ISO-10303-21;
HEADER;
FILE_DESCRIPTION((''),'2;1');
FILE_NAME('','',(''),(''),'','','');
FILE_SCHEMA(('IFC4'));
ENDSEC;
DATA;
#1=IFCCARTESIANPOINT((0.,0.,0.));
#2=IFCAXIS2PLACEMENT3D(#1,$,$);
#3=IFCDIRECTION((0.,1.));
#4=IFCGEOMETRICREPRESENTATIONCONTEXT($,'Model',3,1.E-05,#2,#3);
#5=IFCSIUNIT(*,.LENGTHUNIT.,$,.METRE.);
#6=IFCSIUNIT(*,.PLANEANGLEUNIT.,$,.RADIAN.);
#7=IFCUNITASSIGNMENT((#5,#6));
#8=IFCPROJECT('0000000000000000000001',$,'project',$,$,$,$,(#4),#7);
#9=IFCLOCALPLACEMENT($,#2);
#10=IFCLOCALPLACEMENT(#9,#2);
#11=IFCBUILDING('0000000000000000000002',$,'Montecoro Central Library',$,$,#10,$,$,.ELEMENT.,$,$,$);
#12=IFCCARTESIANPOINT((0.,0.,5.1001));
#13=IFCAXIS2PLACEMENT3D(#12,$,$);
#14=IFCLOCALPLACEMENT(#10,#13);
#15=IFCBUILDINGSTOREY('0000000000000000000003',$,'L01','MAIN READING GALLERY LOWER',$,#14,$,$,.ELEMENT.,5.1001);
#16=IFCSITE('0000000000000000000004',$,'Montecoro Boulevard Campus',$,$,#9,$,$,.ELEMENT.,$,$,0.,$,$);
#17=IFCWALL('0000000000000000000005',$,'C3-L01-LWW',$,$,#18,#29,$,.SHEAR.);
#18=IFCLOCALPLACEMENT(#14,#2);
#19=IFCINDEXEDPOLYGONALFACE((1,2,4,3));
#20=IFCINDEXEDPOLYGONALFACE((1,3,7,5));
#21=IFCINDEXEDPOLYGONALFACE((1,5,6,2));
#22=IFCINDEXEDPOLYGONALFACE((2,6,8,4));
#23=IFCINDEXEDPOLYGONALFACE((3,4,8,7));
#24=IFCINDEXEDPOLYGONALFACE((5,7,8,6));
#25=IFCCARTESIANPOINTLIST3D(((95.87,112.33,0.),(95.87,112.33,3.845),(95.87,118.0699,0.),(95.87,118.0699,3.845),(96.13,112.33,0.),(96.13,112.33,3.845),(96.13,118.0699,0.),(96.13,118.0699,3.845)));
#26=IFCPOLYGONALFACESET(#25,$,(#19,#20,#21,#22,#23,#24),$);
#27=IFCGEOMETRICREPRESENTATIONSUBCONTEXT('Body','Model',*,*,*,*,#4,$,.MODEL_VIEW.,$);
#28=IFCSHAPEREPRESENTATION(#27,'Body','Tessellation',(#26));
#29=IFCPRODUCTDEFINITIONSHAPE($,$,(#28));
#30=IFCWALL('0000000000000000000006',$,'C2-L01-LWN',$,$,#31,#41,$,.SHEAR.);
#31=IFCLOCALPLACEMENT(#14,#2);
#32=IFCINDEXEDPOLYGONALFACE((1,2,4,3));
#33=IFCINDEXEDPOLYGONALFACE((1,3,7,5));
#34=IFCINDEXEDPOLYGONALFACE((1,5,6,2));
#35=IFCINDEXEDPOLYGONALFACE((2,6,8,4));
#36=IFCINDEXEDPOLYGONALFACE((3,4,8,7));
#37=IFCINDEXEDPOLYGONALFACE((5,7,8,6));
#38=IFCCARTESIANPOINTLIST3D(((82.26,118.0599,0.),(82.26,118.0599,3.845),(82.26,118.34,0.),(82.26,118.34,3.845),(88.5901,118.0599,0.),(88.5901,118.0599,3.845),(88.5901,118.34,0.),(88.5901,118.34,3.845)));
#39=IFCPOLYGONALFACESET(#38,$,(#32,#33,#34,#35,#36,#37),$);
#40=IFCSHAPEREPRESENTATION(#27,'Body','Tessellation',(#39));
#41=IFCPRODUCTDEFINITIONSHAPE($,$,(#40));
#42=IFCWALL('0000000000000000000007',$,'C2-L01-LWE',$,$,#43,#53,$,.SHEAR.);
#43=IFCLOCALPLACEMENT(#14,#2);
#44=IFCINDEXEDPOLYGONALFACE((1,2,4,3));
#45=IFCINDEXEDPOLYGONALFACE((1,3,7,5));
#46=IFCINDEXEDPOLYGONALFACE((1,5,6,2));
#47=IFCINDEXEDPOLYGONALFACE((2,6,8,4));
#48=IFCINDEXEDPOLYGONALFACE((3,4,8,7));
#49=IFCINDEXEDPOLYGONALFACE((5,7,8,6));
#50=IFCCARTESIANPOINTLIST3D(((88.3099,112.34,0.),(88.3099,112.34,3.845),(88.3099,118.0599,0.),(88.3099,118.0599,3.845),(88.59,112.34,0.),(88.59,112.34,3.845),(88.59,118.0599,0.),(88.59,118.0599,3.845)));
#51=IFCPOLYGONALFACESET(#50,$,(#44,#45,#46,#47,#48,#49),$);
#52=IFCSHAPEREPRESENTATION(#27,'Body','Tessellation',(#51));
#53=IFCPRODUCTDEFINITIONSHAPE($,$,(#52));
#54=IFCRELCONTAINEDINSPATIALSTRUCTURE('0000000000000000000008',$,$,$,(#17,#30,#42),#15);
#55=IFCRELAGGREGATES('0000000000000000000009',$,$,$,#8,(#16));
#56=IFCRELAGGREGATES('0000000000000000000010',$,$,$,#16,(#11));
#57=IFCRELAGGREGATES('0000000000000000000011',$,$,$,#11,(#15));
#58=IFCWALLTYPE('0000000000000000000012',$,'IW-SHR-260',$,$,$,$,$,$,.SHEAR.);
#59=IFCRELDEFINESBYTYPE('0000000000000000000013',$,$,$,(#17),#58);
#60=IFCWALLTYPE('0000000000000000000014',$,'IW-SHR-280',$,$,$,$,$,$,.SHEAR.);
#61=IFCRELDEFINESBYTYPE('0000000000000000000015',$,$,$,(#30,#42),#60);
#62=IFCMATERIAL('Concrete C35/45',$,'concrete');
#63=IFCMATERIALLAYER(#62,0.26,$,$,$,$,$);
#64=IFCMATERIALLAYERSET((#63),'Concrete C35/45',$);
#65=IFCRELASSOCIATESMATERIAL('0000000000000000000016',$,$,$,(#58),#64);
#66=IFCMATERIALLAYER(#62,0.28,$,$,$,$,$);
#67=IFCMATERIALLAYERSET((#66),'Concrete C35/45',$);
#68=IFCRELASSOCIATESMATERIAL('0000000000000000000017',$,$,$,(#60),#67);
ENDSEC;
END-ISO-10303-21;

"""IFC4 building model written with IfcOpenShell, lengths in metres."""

from ifc_helpers import new_model, si_unit, direction, frame, frame_2d, origin, place, context, subcontext, project, spatial, rectangle, extrude, material, layer, layer_set, type_object, element, save


model = new_model("IFC4")

# Units and contexts
model_context = context("Model", 3, precision=1e-05, world=origin(), true_north=direction((0.0, 1.0)))
body_context = subcontext(model_context, "Body", "Model", "MODEL_VIEW")
ifc_project = project(units=[si_unit("LENGTHUNIT", "METRE"), si_unit("PLANEANGLEUNIT", "RADIAN")], contexts=[model_context])

# Site, building, storey
site_placement = place(None, origin())
site = spatial("IfcSite", under=ifc_project, at=site_placement, Name="Montecoro Boulevard Campus", CompositionType="ELEMENT", RefElevation=0.0)
building_placement = place(site_placement, origin())
building = spatial("IfcBuilding", under=site, at=building_placement, Name="Montecoro Central Library", CompositionType="ELEMENT")
storey_placement = place(building_placement, frame((0.0, 0.0, 5.1001)))
storey = spatial("IfcBuildingStorey", under=building, at=storey_placement, Name="L01", Description="MAIN READING GALLERY LOWER", CompositionType="ELEMENT", Elevation=5.1001)

# Shared definitions
ifc_material_1 = material(Name="Concrete C35/45", Category="concrete")
ifc_layer_1 = layer(ifc_material_1, 0.26)
ifc_layer_set_1 = layer_set([ifc_layer_1], Name="Concrete C35/45")
wall_type_1 = type_object("IfcWallType", Name="IW-SHR-260", PredefinedType="SHEAR", material=ifc_layer_set_1)

# Walls
wall_1_placement = place(storey_placement, frame((96.0, 118.0701, 0.0), z_axis=(0.0, 0.0, 1.0), x_axis=(0.0, -1.0, 0.0)))
element("IfcWall", 1, at=wall_1_placement, inside=storey, type_object=wall_type_1, Name="C3-L01-LWW", PredefinedType="SHEAR", context=body_context, shape_type="SweptSolid", body=[
    extrude(rectangle(XDim=5.74, YDim=0.26, at=frame_2d((2.8701, 0.0))), origin(), (0.0, 0.0, 1.0), 3.845),
])
ifc_layer_2 = layer(ifc_material_1, 0.28)
ifc_layer_set_2 = layer_set([ifc_layer_2], Name="Concrete C35/45")
wall_type_2 = type_object("IfcWallType", Name="IW-SHR-280", PredefinedType="SHEAR", material=ifc_layer_set_2)
wall_2_placement = place(storey_placement, frame((88.5901, 118.2, 0.0), z_axis=(0.0, 0.0, 1.0), x_axis=(-1.0, 0.0, 0.0)))
element("IfcWall", 2, at=wall_2_placement, inside=storey, type_object=wall_type_2, Name="C2-L01-LWN", PredefinedType="SHEAR", context=body_context, shape_type="SweptSolid", body=[
    extrude(rectangle(XDim=6.3301, YDim=0.28, at=frame_2d((3.165, 0.0))), origin(), (0.0, 0.0, 1.0), 3.845),
])
wall_3_placement = place(storey_placement, frame((88.45, 112.3401, 0.0), z_axis=(0.0, 0.0, 1.0), x_axis=(0.0, 1.0, 0.0)))
element("IfcWall", 3, at=wall_3_placement, inside=storey, type_object=wall_type_2, Name="C2-L01-LWE", PredefinedType="SHEAR", context=body_context, shape_type="SweptSolid", body=[
    extrude(rectangle(XDim=5.72, YDim=0.28, at=frame_2d((2.8599, 0.0))), origin(), (0.0, 0.0, 1.0), 3.845),
])

save(model, "model.ifc")
